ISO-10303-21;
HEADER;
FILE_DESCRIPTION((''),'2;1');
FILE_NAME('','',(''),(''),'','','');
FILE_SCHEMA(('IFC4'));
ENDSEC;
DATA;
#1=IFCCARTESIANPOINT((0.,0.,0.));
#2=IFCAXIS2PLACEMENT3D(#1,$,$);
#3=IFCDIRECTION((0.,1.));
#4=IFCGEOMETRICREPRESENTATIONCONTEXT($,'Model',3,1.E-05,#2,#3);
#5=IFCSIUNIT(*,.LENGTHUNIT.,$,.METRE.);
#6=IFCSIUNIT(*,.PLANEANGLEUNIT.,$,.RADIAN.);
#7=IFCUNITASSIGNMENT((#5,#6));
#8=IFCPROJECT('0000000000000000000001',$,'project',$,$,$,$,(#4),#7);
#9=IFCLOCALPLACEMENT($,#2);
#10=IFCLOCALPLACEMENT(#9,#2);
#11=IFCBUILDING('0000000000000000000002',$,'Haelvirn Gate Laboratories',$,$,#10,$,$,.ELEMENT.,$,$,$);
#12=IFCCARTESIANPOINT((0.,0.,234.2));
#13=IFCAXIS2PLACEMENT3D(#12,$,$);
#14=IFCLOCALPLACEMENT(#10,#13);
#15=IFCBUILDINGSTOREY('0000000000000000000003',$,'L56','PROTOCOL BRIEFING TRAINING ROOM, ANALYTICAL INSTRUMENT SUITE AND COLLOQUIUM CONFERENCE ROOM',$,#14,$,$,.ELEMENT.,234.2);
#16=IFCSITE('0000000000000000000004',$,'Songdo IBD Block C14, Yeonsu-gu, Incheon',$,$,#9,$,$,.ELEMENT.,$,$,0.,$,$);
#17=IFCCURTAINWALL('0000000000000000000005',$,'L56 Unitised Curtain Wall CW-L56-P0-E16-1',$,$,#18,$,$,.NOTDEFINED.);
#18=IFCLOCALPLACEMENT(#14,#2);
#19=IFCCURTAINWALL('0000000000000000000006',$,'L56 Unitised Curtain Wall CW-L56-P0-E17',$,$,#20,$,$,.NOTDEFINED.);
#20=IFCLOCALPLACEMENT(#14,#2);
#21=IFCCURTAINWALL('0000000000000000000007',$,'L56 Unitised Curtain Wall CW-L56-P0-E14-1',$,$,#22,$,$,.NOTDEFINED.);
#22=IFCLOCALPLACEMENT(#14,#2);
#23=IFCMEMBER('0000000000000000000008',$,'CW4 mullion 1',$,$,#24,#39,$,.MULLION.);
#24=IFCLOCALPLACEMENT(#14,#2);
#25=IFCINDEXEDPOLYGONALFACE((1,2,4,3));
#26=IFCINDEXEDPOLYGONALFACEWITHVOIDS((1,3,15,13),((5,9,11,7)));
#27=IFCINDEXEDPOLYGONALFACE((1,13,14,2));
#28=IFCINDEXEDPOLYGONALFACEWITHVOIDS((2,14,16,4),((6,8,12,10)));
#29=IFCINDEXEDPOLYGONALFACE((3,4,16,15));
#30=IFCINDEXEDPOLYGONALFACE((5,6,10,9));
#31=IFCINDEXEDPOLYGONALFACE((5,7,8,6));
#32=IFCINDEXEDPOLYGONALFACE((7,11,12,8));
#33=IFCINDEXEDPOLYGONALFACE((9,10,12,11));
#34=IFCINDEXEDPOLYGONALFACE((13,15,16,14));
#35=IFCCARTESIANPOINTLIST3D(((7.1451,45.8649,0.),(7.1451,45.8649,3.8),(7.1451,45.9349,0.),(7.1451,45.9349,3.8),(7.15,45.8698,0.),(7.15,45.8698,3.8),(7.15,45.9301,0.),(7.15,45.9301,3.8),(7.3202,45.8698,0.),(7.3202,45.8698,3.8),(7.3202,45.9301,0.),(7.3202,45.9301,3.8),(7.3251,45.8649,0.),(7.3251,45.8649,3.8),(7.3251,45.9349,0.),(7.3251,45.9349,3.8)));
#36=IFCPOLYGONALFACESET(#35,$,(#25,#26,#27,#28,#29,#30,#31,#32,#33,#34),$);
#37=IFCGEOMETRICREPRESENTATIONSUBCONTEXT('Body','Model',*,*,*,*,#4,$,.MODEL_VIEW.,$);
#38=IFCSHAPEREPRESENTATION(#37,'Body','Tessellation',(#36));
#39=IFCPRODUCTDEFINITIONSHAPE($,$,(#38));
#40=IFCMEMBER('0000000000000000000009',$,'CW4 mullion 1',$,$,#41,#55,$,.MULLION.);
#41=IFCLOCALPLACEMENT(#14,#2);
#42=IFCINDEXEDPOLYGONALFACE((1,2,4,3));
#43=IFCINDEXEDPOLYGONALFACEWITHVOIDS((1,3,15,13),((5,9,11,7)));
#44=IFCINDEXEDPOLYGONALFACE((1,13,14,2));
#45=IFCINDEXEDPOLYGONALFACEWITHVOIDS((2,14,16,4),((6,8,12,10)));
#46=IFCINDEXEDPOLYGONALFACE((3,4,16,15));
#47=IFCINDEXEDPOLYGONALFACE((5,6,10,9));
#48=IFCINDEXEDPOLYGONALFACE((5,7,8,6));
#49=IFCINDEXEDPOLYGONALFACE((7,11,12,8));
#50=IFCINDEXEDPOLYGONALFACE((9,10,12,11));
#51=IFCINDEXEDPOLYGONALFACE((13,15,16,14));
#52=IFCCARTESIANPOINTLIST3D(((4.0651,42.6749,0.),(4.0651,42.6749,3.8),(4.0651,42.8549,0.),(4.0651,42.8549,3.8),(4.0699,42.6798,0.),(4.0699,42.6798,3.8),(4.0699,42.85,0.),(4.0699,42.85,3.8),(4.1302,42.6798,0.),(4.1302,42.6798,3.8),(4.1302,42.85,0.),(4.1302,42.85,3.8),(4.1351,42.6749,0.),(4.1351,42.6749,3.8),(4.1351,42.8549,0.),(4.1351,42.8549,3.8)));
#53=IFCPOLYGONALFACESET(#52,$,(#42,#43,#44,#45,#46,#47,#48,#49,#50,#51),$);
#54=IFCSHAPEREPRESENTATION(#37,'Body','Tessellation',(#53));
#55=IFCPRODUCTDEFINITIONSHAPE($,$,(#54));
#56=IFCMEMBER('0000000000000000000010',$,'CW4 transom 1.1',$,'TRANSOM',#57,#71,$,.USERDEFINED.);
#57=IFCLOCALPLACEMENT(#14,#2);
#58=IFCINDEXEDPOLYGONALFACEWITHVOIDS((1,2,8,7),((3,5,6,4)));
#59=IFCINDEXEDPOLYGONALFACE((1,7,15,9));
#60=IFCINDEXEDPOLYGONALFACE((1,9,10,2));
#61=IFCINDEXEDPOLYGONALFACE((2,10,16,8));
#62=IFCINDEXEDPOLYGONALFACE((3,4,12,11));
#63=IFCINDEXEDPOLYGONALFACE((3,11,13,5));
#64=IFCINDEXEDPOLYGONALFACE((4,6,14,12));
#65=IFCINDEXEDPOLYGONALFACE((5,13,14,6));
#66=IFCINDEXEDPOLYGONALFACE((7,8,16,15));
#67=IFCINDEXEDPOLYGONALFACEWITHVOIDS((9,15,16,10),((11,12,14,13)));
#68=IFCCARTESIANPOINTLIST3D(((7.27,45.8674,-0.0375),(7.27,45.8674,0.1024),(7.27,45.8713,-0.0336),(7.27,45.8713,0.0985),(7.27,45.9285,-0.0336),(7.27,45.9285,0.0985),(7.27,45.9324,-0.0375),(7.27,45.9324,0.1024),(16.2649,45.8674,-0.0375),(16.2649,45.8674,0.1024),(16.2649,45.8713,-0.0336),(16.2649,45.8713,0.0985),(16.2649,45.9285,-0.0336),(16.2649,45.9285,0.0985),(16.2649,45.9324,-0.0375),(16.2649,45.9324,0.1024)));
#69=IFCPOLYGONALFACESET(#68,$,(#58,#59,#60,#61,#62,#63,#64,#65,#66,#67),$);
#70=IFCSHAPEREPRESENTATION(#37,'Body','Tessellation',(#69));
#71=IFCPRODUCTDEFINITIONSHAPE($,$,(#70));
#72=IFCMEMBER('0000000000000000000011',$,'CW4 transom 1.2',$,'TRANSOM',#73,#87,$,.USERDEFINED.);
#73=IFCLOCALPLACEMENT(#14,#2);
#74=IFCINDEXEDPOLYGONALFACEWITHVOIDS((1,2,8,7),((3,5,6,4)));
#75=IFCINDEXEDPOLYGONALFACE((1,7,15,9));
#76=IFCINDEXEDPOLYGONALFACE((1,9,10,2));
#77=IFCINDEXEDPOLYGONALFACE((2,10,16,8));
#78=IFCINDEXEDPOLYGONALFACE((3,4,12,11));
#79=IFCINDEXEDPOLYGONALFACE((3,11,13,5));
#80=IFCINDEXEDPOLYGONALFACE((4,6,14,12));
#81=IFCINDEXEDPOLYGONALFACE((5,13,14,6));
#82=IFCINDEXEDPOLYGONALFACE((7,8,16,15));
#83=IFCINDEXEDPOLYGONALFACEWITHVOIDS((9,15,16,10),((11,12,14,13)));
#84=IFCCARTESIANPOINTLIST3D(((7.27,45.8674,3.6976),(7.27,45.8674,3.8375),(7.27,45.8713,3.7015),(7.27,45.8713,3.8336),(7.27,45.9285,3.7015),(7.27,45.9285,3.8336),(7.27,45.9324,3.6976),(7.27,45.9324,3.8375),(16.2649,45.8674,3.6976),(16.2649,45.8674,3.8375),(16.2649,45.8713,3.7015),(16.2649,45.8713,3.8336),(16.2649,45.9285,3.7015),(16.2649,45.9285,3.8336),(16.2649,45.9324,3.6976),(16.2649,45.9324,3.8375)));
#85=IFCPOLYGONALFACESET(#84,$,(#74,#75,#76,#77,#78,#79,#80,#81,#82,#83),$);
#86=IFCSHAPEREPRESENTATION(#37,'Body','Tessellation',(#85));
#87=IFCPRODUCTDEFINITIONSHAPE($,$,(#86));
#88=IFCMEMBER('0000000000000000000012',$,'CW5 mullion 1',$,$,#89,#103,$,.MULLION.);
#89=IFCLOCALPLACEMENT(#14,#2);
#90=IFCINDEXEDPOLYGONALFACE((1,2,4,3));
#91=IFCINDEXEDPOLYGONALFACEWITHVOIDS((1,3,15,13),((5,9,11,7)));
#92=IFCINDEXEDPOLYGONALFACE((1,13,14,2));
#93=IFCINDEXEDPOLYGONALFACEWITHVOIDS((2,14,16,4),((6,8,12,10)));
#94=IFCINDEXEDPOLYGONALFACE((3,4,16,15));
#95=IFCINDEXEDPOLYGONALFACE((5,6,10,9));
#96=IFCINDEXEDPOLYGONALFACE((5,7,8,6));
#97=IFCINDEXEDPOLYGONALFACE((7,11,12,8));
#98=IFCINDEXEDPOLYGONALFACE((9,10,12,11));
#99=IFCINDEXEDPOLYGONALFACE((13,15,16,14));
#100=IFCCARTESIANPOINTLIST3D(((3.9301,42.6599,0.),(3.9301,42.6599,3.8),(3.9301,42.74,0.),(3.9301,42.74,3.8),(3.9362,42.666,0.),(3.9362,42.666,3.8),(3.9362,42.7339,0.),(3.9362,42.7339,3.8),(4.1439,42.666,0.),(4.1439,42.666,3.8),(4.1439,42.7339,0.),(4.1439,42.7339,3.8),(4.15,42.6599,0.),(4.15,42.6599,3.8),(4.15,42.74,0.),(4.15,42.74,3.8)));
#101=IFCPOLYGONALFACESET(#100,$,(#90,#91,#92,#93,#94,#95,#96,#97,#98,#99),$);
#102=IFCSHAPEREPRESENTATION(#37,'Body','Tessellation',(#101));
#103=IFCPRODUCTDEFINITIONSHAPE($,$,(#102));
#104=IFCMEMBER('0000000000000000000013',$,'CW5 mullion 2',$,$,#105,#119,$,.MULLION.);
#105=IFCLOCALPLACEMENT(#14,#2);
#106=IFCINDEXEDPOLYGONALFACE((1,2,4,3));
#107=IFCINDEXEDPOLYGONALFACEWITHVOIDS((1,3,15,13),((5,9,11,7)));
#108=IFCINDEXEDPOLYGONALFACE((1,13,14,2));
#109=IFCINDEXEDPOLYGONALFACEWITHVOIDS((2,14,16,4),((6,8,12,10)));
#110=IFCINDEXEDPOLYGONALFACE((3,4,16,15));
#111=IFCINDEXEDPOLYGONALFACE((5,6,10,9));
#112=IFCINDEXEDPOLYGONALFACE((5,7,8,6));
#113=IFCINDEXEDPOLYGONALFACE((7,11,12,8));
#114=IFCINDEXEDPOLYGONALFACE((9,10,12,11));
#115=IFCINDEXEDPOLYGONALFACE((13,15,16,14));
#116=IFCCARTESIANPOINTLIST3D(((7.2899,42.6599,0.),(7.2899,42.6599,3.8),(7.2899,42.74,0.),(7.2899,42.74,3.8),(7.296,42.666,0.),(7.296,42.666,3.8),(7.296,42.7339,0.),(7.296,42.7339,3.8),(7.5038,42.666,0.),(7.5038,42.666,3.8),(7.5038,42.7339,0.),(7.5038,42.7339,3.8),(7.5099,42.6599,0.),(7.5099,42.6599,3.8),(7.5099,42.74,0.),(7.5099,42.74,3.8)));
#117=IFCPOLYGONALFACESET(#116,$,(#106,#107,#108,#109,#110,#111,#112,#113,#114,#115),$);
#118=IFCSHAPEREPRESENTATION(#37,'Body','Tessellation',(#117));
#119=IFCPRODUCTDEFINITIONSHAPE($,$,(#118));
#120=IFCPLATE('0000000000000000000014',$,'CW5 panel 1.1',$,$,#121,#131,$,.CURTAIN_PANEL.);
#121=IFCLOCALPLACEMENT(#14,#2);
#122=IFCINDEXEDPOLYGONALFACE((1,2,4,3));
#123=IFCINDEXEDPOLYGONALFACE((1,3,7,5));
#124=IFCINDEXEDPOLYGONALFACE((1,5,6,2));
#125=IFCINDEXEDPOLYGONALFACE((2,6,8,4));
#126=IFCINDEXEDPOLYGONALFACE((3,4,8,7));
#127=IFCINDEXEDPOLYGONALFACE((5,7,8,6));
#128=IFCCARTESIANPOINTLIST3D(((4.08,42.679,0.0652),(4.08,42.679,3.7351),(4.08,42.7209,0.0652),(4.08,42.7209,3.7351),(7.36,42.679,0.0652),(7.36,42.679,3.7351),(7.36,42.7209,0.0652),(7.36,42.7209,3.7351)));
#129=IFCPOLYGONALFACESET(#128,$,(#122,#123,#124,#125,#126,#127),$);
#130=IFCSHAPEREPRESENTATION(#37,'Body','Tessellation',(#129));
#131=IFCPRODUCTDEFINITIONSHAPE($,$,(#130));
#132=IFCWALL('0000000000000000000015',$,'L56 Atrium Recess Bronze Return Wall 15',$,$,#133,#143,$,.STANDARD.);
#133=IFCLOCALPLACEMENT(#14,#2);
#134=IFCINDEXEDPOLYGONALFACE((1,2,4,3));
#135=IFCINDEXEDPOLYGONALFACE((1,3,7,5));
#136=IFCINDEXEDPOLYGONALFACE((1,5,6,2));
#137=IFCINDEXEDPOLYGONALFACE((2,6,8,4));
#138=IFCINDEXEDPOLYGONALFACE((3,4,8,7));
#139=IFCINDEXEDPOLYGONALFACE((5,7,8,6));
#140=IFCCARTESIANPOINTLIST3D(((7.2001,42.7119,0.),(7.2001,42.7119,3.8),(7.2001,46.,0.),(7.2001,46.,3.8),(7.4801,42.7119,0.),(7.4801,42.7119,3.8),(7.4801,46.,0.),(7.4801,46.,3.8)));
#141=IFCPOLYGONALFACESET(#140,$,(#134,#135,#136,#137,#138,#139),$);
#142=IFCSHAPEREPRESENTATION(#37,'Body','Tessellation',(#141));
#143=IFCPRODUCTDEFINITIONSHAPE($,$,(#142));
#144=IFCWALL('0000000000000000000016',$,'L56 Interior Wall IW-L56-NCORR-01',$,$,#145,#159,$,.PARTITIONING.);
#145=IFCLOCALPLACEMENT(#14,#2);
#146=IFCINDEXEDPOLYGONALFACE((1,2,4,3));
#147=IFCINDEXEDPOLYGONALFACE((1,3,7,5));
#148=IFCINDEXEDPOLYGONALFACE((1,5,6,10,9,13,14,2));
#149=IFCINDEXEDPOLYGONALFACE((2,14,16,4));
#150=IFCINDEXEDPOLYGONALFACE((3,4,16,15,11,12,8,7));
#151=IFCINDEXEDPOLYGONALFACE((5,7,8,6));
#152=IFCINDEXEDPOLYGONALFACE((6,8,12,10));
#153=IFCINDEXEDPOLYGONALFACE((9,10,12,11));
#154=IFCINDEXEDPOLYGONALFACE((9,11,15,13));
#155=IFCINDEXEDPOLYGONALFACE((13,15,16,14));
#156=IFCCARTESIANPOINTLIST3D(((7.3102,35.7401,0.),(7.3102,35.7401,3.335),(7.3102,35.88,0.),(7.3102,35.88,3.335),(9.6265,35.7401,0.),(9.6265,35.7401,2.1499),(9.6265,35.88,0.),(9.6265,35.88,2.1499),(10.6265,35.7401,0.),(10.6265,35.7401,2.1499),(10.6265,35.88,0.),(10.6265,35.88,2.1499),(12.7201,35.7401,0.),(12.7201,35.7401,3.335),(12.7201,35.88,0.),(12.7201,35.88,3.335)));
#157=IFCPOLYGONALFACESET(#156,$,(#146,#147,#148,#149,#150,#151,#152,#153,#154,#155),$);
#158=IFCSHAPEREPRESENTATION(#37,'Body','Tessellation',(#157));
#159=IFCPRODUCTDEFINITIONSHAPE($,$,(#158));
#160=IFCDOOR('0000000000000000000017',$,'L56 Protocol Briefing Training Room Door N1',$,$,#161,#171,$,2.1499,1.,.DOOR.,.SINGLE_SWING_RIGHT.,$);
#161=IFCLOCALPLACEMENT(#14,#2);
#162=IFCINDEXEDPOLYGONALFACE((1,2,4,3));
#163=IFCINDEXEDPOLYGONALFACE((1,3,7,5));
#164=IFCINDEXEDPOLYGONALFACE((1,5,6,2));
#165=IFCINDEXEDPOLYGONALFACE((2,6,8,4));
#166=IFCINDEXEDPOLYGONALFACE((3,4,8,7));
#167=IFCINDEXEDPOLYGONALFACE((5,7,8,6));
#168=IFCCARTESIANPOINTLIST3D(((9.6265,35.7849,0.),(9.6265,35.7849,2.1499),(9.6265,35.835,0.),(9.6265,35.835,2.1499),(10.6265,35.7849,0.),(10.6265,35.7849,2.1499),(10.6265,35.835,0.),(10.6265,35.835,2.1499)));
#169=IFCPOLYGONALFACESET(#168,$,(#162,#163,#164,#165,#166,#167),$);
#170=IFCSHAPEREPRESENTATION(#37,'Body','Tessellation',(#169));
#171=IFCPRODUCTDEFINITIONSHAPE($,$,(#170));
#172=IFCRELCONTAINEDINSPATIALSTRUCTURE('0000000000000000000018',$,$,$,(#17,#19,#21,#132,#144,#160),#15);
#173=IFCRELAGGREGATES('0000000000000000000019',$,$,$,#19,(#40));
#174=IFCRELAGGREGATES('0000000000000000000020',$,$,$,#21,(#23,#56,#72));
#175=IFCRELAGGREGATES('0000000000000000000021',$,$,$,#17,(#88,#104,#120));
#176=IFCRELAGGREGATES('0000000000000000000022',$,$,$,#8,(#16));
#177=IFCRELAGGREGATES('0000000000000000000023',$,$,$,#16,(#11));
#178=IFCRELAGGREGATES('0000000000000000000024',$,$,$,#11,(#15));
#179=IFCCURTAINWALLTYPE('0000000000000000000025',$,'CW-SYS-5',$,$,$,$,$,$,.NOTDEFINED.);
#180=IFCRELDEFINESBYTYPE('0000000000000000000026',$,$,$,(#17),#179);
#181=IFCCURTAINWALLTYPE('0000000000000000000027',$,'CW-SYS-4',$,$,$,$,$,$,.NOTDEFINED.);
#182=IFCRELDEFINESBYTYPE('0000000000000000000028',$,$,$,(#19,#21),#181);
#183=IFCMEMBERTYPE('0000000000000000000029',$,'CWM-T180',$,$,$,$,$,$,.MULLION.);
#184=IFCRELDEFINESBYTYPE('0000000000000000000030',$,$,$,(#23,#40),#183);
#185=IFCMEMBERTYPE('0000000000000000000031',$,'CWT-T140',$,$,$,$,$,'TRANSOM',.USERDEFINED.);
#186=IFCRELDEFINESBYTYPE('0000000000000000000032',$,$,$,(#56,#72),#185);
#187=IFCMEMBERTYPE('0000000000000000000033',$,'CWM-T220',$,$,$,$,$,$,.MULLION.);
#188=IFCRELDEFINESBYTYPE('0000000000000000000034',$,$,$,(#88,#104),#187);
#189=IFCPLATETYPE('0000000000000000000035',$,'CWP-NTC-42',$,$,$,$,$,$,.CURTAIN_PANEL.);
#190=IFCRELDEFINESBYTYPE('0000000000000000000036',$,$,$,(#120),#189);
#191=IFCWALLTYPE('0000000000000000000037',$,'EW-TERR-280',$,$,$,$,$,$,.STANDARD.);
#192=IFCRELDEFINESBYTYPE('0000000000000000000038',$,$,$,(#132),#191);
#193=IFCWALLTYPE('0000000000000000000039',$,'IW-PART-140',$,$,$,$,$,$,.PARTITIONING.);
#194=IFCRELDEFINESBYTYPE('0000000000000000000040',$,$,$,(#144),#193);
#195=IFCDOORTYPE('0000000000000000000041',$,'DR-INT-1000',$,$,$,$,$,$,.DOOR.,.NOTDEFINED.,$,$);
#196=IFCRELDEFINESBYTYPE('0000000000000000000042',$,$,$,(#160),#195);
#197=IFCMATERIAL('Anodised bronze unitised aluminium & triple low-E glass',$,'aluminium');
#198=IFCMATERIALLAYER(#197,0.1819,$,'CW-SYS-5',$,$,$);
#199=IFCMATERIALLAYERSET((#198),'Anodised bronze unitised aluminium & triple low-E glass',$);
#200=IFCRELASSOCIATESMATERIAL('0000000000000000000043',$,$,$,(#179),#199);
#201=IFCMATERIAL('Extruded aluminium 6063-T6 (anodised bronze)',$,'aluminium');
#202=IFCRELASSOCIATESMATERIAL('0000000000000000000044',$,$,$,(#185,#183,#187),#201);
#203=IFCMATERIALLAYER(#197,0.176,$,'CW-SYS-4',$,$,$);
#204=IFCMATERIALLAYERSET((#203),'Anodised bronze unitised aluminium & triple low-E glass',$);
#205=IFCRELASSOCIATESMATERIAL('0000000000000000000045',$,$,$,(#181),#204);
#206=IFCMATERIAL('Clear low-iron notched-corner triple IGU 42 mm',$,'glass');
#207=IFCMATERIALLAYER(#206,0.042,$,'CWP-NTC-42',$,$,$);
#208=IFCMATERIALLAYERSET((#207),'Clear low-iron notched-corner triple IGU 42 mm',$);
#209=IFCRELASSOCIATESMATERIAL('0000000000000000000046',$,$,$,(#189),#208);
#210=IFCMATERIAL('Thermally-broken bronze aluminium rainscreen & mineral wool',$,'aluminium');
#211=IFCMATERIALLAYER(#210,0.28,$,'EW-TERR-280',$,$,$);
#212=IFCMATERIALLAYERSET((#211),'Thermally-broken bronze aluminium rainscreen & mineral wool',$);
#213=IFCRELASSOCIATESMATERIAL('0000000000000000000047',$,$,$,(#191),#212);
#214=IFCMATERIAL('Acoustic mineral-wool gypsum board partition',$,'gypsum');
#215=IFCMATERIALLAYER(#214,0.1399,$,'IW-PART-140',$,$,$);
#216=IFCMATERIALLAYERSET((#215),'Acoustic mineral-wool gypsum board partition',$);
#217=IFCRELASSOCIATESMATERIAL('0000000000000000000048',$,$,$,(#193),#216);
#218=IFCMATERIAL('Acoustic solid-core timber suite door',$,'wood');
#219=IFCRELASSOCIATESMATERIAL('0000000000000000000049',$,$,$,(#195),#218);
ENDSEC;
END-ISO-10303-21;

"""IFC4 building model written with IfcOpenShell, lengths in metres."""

from ifc_helpers import new_model, si_unit, direction, frame, frame_2d, origin, origin_2d, place, context, subcontext, project, spatial, rectangle, hollow_rectangle, extrude, source, transform, mapped, material, layer, layer_set, material_profile, profile_set, type_object, type_shapes, element, fill, aggregate, save


model = new_model("IFC4")

# Units and contexts
model_context = context("Model", 3, precision=1e-05, world=origin(), true_north=direction((0.0, 1.0)))
body_context = subcontext(model_context, "Body", "Model", "MODEL_VIEW")
ifc_project = project(units=[si_unit("LENGTHUNIT", "METRE"), si_unit("PLANEANGLEUNIT", "RADIAN")], contexts=[model_context])

# Site, building, storey
site_placement = place(None, origin())
site = spatial("IfcSite", under=ifc_project, at=site_placement, Name="Songdo IBD Block C14, Yeonsu-gu, Incheon", CompositionType="ELEMENT", RefElevation=0.0)
building_placement = place(site_placement, origin())
building = spatial("IfcBuilding", under=site, at=building_placement, Name="Haelvirn Gate Laboratories", CompositionType="ELEMENT")
storey_placement = place(building_placement, frame((0.0, 0.0, 234.2)))
storey = spatial("IfcBuildingStorey", under=building, at=storey_placement, Name="L56", Description="PROTOCOL BRIEFING TRAINING ROOM, ANALYTICAL INSTRUMENT SUITE AND COLLOQUIUM CONFERENCE ROOM", CompositionType="ELEMENT", Elevation=234.2)

# Curtain walls
ifc_material_1 = material(Name="Anodised bronze unitised aluminium & triple low-E glass", Category="aluminium")
ifc_layer_1 = layer(ifc_material_1, 0.1819, Name="CW-SYS-5")
ifc_layer_set_1 = layer_set([ifc_layer_1], Name="Anodised bronze unitised aluminium & triple low-E glass")
curtain_wall_type_1 = type_object("IfcCurtainWallType", Name="CW-SYS-5", PredefinedType="NOTDEFINED", material=ifc_layer_set_1)
curtain_wall_1_placement = place(storey_placement, origin())
curtain_wall_1 = element("IfcCurtainWall", 1, at=curtain_wall_1_placement, inside=storey, type_object=curtain_wall_type_1, Name="L56 Unitised Curtain Wall CW-L56-P0-E16-1", PredefinedType="NOTDEFINED")
ifc_material_2 = material(Name="Extruded aluminium 6063-T6 (anodised bronze)", Category="aluminium")
ifc_material_profile_1 = material_profile(ifc_material_2, hollow_rectangle(XDim=0.0649, YDim=0.1399, WallThickness=0.0039, at=origin_2d()), Name="CWT-140x65x4")
ifc_profile_set_1 = profile_set([ifc_material_profile_1], Name="Extruded aluminium 6063-T6 (anodised bronze)")
member_type_1 = type_object("IfcMemberType", Name="CWT-T140", ElementType="TRANSOM", PredefinedType="USERDEFINED", material=ifc_profile_set_1)
ifc_layer_2 = layer(ifc_material_1, 0.176, Name="CW-SYS-4")
ifc_layer_set_2 = layer_set([ifc_layer_2], Name="Anodised bronze unitised aluminium & triple low-E glass")
curtain_wall_type_2 = type_object("IfcCurtainWallType", Name="CW-SYS-4", PredefinedType="NOTDEFINED", material=ifc_layer_set_2)
curtain_wall_2_placement = place(storey_placement, origin())
curtain_wall_2 = element("IfcCurtainWall", 2, at=curtain_wall_2_placement, inside=storey, type_object=curtain_wall_type_2, Name="L56 Unitised Curtain Wall CW-L56-P0-E17", PredefinedType="NOTDEFINED")

# Curtain wall, member
curtain_wall_3_placement = place(storey_placement, origin())
curtain_wall_3 = element("IfcCurtainWall", 3, at=curtain_wall_3_placement, inside=storey, type_object=curtain_wall_type_2, Name="L56 Unitised Curtain Wall CW-L56-P0-E14-1", PredefinedType="NOTDEFINED")
ifc_material_profile_2 = material_profile(ifc_material_2, hollow_rectangle(XDim=0.0701, YDim=0.1799, WallThickness=0.0049, at=origin_2d()), Name="CWM-180x70x5")
ifc_profile_set_2 = profile_set([ifc_material_profile_2], Name="Extruded aluminium 6063-T6 (anodised bronze)")
member_type_2 = type_object("IfcMemberType", Name="CWM-T180", PredefinedType="MULLION", material=ifc_profile_set_2)
shared_shape_1 = source(origin(), body_context, "Body", "SweptSolid", [
    extrude(hollow_rectangle(XDim=0.0701, YDim=0.1799, WallThickness=0.0049, at=origin_2d()), origin(), (0.0, 0.0, 1.0), 3.8),
])
type_shapes(member_type_2, [shared_shape_1])
member_1_placement = place(storey_placement, frame((7.2351, 45.8999, 0.0), z_axis=(0.0, 0.0, 1.0), x_axis=(0.0, 1.0, 0.0)))
member_1 = element("IfcMember", 4, at=member_1_placement, type_object=member_type_2, Name="CW4 mullion 1", PredefinedType="MULLION", context=body_context, shape_type="MappedRepresentation", body=[
    mapped(shared_shape_1, transform((0.0, 0.0, 0.0), scale=1.0)),
])

# Members
member_2_placement = place(storey_placement, frame((4.1001, 42.7649, 0.0), z_axis=(0.0, 0.0, 1.0), x_axis=(1.0, 0.0, 0.0)))
member_2 = element("IfcMember", 5, at=member_2_placement, type_object=member_type_2, Name="CW4 mullion 1", PredefinedType="MULLION", context=body_context, shape_type="MappedRepresentation", body=[
    mapped(shared_shape_1, transform((0.0, 0.0, 0.0), scale=1.0)),
])
aggregate(curtain_wall_2, [member_2])
shared_shape_2 = source(origin(), body_context, "Body", "SweptSolid", [
    extrude(hollow_rectangle(XDim=0.0649, YDim=0.1399, WallThickness=0.0039, at=origin_2d()), origin(), (0.0, 0.0, 1.0), 8.9949),
])
member_3_placement = place(storey_placement, frame((7.27, 45.8999, 0.0325), z_axis=(1.0, 0.0, 0.0), x_axis=(0.0, 1.0, 0.0)))
member_3 = element("IfcMember", 6, at=member_3_placement, type_object=member_type_1, Name="CW4 transom 1.1", ObjectType="TRANSOM", PredefinedType="USERDEFINED", context=body_context, shape_type="MappedRepresentation", body=[
    mapped(shared_shape_2, transform((0.0, 0.0, 0.0), scale=1.0)),
])
member_4_placement = place(storey_placement, frame((7.27, 45.8999, 3.7676), z_axis=(1.0, 0.0, 0.0), x_axis=(0.0, 1.0, 0.0)))
member_4 = element("IfcMember", 7, at=member_4_placement, type_object=member_type_1, Name="CW4 transom 1.2", ObjectType="TRANSOM", PredefinedType="USERDEFINED", context=body_context, shape_type="MappedRepresentation", body=[
    mapped(shared_shape_2, transform((0.0, 0.0, 0.0), scale=1.0)),
])
aggregate(curtain_wall_3, [member_1, member_3, member_4])
ifc_material_profile_3 = material_profile(ifc_material_2, hollow_rectangle(XDim=0.0801, YDim=0.22, WallThickness=0.0061, at=origin_2d()), Name="CWM-220x80x6")
ifc_profile_set_3 = profile_set([ifc_material_profile_3], Name="Extruded aluminium 6063-T6 (anodised bronze)")
member_type_3 = type_object("IfcMemberType", Name="CWM-T220", PredefinedType="MULLION", material=ifc_profile_set_3)
shared_shape_3 = source(origin(), body_context, "Body", "SweptSolid", [
    extrude(hollow_rectangle(XDim=0.0801, YDim=0.22, WallThickness=0.0061, at=origin_2d()), origin(), (0.0, 0.0, 1.0), 3.8),
])
type_shapes(member_type_3, [shared_shape_3])
member_5_placement = place(storey_placement, frame((4.04, 42.7, 0.0), z_axis=(0.0, 0.0, 1.0), x_axis=(0.0, 1.0, 0.0)))
member_5 = element("IfcMember", 8, at=member_5_placement, type_object=member_type_3, Name="CW5 mullion 1", PredefinedType="MULLION", context=body_context, shape_type="MappedRepresentation", body=[
    mapped(shared_shape_3, transform((0.0, 0.0, 0.0), scale=1.0)),
])
member_6_placement = place(storey_placement, frame((7.3999, 42.7, 0.0), z_axis=(0.0, 0.0, 1.0), x_axis=(0.0, 1.0, 0.0)))
member_6 = element("IfcMember", 9, at=member_6_placement, type_object=member_type_3, Name="CW5 mullion 2", PredefinedType="MULLION", context=body_context, shape_type="MappedRepresentation", body=[
    mapped(shared_shape_3, transform((0.0, 0.0, 0.0), scale=1.0)),
])

# Plate
ifc_material_3 = material(Name="Clear low-iron notched-corner triple IGU 42 mm", Category="glass")
ifc_layer_3 = layer(ifc_material_3, 0.042, Name="CWP-NTC-42")
ifc_layer_set_3 = layer_set([ifc_layer_3], Name="Clear low-iron notched-corner triple IGU 42 mm")
plate_type = type_object("IfcPlateType", Name="CWP-NTC-42", PredefinedType="CURTAIN_PANEL", material=ifc_layer_set_3)
shared_shape_4 = source(origin(), body_context, "Body", "SweptSolid", [
    extrude(rectangle(XDim=3.28, YDim=0.042, at=origin_2d()), origin(), (0.0, 0.0, 1.0), 3.6699),
])
type_shapes(plate_type, [shared_shape_4])
plate_placement = place(storey_placement, frame((5.72, 42.7, 0.0652), z_axis=(0.0, 0.0, 1.0), x_axis=(1.0, 0.0, 0.0)))
plate = element("IfcPlate", 10, at=plate_placement, type_object=plate_type, Name="CW5 panel 1.1", PredefinedType="CURTAIN_PANEL", context=body_context, shape_type="MappedRepresentation", body=[
    mapped(shared_shape_4, transform((0.0, 0.0, 0.0), scale=1.0)),
])
aggregate(curtain_wall_1, [member_5, member_6, plate])

# Wall
ifc_material_4 = material(Name="Thermally-broken bronze aluminium rainscreen & mineral wool", Category="aluminium")
ifc_layer_4 = layer(ifc_material_4, 0.28, Name="EW-TERR-280")
ifc_layer_set_4 = layer_set([ifc_layer_4], Name="Thermally-broken bronze aluminium rainscreen & mineral wool")
wall_type_1 = type_object("IfcWallType", Name="EW-TERR-280", PredefinedType="STANDARD", material=ifc_layer_set_4)
wall_1_placement = place(storey_placement, frame((7.3401, 46.0, 0.0), z_axis=(0.0, 0.0, 1.0), x_axis=(0.0, -1.0, 0.0)))
element("IfcWall", 11, at=wall_1_placement, inside=storey, type_object=wall_type_1, Name="L56 Atrium Recess Bronze Return Wall 15", PredefinedType="STANDARD", context=body_context, shape_type="SweptSolid", body=[
    extrude(rectangle(XDim=3.2881, YDim=0.28, at=frame_2d((1.644, 0.0))), origin(), (0.0, 0.0, 1.0), 3.8),
])

# Wall, opening, door
ifc_material_5 = material(Name="Acoustic mineral-wool gypsum board partition", Category="gypsum")
ifc_layer_5 = layer(ifc_material_5, 0.1399, Name="IW-PART-140")
ifc_layer_set_5 = layer_set([ifc_layer_5], Name="Acoustic mineral-wool gypsum board partition")
wall_type_2 = type_object("IfcWallType", Name="IW-PART-140", PredefinedType="PARTITIONING", material=ifc_layer_set_5)
wall_2_placement = place(storey_placement, frame((7.3101, 35.8101, 0.0), z_axis=(0.0, 0.0, 1.0), x_axis=(1.0, 0.0, 0.0)))
wall_2 = element("IfcWall", 12, at=wall_2_placement, inside=storey, type_object=wall_type_2, Name="L56 Interior Wall IW-L56-NCORR-01", PredefinedType="PARTITIONING", context=body_context, shape_type="SweptSolid", body=[
    extrude(rectangle(XDim=5.4099, YDim=0.1399, at=frame_2d((2.7051, 0.0))), origin(), (0.0, 0.0, 1.0), 3.335),
])
opening_1_placement = place(wall_2_placement, frame((2.3164, 0.0, 0.0)))
opening_1 = element("IfcOpeningElement", 13, at=opening_1_placement, cuts=wall_2, PredefinedType="OPENING", context=body_context, shape_type="SweptSolid", body=[
    extrude(rectangle(XDim=1.0, YDim=2.1499, at=frame_2d((0.5, 1.075))), frame((0.0, 0.0801, 0.0), z_axis=(0.0, -1.0, 0.0), x_axis=(1.0, 0.0, 0.0)), (0.0, 0.0, 1.0), 0.1599),
])
ifc_material_6 = material(Name="Acoustic solid-core timber suite door", Category="wood")
door_type_1 = type_object("IfcDoorType", Name="DR-INT-1000", OperationType="NOTDEFINED", PredefinedType="DOOR", material=ifc_material_6)
shared_shape_5 = source(origin(), body_context, "Body", "SweptSolid", [
    extrude(rectangle(XDim=1.0, YDim=2.1499, at=frame_2d((0.5, 1.075))), frame((0.0, 0.0249, 0.0), z_axis=(0.0, -1.0, 0.0), x_axis=(1.0, 0.0, 0.0)), (0.0, 0.0, 1.0), 0.05),
])
type_shapes(door_type_1, [shared_shape_5])
door_1_placement = place(opening_1_placement, origin())
door_1 = element("IfcDoor", 14, at=door_1_placement, inside=storey, type_object=door_type_1, Name="L56 Protocol Briefing Training Room Door N1", OperationType="SINGLE_SWING_RIGHT", OverallHeight=2.1499, OverallWidth=1.0, PredefinedType="DOOR", context=body_context, shape_type="MappedRepresentation", body=[
    mapped(shared_shape_5, transform((0.0, 0.0, 0.0), scale=1.0)),
])
fill(opening_1, door_1)

save(model, "model.ifc")
